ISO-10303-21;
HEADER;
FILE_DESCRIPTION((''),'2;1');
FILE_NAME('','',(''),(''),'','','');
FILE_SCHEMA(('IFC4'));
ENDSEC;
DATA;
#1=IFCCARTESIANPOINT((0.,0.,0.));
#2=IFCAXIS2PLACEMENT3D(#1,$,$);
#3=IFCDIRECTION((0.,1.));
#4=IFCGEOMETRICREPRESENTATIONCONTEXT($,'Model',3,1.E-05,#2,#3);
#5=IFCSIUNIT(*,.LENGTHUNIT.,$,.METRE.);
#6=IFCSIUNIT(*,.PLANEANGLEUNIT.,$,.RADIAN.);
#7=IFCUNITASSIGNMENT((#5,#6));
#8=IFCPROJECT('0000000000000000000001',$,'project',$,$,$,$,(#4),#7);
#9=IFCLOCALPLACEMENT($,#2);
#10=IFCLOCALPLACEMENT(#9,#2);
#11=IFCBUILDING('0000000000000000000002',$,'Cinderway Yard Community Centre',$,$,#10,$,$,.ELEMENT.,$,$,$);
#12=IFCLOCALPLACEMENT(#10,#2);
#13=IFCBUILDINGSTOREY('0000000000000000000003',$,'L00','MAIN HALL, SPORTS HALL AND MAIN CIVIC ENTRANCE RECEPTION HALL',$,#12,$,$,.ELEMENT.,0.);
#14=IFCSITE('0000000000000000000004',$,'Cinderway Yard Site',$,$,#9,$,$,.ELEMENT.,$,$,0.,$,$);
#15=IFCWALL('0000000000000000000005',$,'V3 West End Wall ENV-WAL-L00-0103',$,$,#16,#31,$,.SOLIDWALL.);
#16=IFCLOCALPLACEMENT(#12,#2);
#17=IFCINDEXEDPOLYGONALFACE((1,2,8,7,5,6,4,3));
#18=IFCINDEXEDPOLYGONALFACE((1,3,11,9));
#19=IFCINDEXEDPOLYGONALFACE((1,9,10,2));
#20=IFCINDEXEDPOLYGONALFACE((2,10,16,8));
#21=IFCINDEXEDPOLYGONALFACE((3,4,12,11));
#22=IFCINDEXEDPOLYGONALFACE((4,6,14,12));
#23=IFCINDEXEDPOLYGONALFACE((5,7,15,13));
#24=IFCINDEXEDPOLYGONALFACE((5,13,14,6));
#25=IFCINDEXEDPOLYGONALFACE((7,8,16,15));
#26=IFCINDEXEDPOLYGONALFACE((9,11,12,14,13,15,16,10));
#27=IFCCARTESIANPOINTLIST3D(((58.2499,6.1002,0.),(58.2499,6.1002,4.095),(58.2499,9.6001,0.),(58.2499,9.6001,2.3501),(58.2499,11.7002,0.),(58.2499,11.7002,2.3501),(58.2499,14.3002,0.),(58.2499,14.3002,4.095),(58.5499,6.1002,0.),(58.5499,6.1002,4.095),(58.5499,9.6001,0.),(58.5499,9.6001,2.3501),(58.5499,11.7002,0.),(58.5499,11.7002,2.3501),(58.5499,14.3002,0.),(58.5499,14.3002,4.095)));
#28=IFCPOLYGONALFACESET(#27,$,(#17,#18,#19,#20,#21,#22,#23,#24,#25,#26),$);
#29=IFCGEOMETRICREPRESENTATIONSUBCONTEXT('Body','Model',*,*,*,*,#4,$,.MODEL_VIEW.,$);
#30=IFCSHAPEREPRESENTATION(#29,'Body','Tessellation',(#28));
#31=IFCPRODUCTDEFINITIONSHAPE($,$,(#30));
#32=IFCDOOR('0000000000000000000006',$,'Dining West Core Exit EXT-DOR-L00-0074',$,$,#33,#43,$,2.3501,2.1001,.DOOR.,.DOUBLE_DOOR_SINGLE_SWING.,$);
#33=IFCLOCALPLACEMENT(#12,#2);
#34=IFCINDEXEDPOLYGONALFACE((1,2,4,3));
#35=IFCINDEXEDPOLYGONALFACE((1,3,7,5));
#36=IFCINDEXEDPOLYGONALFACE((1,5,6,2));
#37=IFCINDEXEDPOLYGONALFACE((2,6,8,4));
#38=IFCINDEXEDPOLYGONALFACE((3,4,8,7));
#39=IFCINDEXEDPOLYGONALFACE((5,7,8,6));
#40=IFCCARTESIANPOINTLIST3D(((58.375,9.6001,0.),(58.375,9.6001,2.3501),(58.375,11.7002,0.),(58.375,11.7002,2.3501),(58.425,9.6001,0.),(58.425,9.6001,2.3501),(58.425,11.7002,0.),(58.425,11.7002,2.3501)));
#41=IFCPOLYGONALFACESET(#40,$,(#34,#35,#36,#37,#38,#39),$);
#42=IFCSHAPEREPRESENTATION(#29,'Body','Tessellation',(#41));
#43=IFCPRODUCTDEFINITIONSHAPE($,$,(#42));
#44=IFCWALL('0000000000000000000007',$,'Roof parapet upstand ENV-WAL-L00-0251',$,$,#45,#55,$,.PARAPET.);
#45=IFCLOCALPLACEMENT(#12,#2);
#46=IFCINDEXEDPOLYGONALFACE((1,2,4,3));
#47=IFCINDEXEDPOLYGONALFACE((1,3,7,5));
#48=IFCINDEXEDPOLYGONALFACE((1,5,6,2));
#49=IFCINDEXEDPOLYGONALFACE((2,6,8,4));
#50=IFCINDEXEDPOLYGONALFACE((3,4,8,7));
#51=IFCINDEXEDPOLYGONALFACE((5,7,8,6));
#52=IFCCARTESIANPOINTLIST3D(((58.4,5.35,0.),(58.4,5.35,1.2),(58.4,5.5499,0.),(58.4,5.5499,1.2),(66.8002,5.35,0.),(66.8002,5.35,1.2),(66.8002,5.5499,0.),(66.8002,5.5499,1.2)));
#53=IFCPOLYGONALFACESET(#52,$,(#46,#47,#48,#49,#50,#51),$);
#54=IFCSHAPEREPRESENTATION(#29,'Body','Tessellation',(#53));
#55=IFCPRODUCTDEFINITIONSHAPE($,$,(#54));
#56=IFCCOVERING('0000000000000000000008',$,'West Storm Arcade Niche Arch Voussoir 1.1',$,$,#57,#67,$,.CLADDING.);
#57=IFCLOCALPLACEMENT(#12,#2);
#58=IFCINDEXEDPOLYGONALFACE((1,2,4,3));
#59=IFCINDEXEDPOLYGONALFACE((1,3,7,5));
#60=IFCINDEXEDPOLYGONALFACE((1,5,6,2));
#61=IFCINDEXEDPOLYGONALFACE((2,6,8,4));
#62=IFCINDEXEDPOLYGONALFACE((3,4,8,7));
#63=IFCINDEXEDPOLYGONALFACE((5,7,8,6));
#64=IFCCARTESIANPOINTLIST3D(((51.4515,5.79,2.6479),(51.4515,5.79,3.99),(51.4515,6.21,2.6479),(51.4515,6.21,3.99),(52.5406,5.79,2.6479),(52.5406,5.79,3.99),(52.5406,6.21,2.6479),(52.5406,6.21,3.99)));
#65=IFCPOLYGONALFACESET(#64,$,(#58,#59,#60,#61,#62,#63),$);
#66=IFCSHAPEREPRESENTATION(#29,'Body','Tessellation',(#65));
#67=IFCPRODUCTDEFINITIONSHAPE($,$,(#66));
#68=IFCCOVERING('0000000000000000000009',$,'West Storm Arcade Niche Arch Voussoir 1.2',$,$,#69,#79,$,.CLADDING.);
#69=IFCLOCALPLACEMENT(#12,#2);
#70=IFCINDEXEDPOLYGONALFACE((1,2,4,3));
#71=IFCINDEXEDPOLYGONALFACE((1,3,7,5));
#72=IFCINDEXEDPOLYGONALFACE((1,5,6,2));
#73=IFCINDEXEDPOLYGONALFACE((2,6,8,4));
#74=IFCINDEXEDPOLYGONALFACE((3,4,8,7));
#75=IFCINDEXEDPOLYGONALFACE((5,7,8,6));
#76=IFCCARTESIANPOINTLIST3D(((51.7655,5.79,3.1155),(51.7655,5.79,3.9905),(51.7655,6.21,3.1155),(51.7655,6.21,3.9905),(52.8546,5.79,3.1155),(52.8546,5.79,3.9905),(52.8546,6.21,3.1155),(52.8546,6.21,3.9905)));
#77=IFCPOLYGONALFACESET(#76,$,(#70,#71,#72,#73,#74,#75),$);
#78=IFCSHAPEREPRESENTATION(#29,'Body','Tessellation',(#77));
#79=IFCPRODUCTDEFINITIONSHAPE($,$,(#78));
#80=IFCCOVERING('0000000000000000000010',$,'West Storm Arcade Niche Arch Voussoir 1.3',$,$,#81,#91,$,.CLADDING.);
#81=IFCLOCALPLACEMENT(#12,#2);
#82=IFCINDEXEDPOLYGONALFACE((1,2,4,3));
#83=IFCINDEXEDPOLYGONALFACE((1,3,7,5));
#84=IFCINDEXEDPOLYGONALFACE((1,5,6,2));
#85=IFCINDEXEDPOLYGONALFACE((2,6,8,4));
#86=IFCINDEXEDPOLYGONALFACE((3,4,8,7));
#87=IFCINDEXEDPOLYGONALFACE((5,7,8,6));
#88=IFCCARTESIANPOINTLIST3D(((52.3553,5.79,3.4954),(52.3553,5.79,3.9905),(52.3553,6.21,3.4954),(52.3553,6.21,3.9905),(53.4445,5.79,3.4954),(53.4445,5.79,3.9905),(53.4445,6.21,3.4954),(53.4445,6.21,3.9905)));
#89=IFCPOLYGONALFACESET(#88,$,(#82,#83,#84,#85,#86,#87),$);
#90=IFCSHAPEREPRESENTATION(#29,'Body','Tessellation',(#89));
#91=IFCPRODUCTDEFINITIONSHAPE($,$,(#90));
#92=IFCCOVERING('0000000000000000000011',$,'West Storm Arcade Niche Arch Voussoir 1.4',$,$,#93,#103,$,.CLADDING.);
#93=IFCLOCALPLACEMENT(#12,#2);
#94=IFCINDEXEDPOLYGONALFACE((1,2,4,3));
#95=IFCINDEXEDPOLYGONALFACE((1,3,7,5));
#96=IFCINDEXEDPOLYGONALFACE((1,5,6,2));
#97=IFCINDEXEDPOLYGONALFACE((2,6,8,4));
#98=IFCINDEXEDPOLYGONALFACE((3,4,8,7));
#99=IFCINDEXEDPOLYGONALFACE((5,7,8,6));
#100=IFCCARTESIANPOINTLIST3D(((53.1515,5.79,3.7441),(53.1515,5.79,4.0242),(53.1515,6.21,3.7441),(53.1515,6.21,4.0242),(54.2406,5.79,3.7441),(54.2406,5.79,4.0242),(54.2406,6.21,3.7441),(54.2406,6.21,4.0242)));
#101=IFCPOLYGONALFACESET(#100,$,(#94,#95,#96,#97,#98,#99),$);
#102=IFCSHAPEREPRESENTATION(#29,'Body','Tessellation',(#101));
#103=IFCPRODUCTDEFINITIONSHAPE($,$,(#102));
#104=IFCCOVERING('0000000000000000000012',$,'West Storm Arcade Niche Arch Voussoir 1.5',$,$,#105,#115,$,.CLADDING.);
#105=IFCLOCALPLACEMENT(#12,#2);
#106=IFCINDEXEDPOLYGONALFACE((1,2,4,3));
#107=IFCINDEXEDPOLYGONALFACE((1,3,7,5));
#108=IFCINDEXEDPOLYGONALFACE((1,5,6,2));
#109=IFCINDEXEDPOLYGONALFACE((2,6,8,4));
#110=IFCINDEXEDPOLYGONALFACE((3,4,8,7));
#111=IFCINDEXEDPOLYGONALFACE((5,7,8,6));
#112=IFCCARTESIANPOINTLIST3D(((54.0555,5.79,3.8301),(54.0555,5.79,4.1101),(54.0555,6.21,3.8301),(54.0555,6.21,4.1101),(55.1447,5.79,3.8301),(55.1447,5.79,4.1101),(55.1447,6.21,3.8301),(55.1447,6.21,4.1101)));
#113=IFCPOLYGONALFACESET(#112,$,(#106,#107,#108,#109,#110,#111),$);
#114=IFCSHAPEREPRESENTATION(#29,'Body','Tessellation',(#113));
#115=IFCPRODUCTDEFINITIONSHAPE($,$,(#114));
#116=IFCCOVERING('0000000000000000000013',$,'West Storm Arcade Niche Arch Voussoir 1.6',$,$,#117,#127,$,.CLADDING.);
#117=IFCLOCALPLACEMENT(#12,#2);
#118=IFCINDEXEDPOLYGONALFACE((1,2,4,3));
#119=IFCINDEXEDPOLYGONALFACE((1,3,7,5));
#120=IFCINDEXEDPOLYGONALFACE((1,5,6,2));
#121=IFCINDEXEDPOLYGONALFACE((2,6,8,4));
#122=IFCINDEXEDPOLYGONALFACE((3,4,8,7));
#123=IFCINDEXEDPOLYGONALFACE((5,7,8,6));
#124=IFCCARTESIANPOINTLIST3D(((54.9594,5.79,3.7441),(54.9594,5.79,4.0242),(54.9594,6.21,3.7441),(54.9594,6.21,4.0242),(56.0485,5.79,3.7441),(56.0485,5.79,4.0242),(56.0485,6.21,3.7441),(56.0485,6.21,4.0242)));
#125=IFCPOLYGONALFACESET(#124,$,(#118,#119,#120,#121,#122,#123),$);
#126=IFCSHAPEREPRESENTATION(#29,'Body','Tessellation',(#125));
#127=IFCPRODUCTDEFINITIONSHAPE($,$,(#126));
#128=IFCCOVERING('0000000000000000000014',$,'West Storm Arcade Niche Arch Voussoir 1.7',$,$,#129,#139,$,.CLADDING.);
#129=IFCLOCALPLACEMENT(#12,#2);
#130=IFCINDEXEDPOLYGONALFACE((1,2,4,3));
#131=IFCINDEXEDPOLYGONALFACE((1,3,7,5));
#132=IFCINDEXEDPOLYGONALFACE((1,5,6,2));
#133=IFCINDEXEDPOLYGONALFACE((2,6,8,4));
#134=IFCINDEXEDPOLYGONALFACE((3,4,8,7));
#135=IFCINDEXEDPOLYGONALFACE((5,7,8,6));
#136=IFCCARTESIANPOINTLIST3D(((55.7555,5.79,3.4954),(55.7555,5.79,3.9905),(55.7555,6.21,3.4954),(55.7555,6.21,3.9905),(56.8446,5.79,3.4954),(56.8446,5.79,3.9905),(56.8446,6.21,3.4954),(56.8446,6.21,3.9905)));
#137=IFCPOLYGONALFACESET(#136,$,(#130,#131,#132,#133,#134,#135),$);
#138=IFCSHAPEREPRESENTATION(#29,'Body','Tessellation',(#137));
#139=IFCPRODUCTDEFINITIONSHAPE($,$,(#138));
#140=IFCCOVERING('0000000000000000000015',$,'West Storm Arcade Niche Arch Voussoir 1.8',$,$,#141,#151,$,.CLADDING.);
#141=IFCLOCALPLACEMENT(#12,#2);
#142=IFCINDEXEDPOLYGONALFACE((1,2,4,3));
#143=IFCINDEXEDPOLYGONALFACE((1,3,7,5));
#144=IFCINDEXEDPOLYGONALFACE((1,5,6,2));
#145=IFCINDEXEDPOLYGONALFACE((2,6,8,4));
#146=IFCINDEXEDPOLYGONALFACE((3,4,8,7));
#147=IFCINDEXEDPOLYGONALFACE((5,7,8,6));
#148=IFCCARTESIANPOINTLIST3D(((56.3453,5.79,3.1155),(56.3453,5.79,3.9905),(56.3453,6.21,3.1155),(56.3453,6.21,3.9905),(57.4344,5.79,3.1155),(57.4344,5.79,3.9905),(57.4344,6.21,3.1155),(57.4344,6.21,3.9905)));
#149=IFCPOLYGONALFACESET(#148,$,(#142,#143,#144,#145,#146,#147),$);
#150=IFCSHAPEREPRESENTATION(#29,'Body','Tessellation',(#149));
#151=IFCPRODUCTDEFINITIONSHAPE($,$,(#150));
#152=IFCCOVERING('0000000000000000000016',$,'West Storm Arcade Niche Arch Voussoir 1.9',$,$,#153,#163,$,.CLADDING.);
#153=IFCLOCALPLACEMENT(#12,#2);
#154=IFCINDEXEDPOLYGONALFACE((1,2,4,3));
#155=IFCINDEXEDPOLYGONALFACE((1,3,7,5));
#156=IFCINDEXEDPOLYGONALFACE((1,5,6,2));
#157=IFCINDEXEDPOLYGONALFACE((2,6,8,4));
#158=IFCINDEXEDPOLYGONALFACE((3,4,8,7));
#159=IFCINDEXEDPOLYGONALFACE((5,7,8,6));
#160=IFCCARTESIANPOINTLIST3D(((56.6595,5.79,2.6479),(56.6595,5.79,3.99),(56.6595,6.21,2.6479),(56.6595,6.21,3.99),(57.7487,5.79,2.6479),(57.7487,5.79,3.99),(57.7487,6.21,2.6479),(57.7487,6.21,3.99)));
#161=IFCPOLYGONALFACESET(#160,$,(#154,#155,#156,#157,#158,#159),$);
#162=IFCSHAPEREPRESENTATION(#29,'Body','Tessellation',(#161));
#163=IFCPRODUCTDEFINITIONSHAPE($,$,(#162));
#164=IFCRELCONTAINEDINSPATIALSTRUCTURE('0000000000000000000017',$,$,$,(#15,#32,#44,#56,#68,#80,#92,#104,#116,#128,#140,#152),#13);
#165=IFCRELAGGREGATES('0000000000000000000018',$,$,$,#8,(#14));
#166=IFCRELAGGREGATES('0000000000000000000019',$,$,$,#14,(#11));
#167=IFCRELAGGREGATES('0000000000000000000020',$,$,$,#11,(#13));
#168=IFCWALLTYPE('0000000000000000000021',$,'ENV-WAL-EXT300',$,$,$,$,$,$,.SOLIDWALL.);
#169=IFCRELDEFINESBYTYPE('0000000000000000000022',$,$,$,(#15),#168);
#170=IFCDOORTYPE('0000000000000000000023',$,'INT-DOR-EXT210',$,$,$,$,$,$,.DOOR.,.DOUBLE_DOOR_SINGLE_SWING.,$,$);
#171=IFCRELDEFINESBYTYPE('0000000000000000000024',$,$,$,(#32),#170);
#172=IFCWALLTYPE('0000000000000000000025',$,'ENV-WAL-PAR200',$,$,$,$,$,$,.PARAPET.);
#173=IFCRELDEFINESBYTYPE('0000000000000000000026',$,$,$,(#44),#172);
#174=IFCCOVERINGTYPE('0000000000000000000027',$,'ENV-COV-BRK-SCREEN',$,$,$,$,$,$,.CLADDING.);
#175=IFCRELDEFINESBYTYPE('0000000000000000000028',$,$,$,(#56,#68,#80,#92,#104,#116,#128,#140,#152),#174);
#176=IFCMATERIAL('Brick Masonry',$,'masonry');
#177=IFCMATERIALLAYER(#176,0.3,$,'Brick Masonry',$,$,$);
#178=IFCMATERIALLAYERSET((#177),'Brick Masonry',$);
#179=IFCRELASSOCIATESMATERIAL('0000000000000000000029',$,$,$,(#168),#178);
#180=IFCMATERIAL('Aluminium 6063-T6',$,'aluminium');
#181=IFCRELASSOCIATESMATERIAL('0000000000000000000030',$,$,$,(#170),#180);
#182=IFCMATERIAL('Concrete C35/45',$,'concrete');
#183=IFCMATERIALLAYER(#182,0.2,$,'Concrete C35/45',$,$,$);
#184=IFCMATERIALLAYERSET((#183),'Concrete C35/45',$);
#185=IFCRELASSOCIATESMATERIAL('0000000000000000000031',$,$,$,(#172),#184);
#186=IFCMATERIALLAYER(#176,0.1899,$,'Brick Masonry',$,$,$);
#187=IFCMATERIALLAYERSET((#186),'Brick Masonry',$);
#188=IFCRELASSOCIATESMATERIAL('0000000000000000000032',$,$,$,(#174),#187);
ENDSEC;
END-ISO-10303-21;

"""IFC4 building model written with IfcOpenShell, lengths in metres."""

from ifc_helpers import new_model, si_unit, direction, frame, frame_2d, origin, origin_2d, place, context, subcontext, project, spatial, rectangle, extrude, material, layer, layer_set, type_object, element, fill, save


model = new_model("IFC4")

# Units and contexts
model_context = context("Model", 3, precision=1e-05, world=origin(), true_north=direction((0.0, 1.0)))
body_context = subcontext(model_context, "Body", "Model", "MODEL_VIEW")
ifc_project = project(units=[si_unit("LENGTHUNIT", "METRE"), si_unit("PLANEANGLEUNIT", "RADIAN")], contexts=[model_context])

# Site, building, storey
site_placement = place(None, origin())
site = spatial("IfcSite", under=ifc_project, at=site_placement, Name="Cinderway Yard Site", CompositionType="ELEMENT", RefElevation=0.0)
building_placement = place(site_placement, origin())
building = spatial("IfcBuilding", under=site, at=building_placement, Name="Cinderway Yard Community Centre", CompositionType="ELEMENT")
storey_placement = place(building_placement, origin())
storey = spatial("IfcBuildingStorey", under=building, at=storey_placement, Name="L00", Description="MAIN HALL, SPORTS HALL AND MAIN CIVIC ENTRANCE RECEPTION HALL", CompositionType="ELEMENT", Elevation=0.0)

# Shared definitions
ifc_material_1 = material(Name="Concrete C35/45", Category="concrete")

# Shared definitions
ifc_material_2 = material(Name="Brick Masonry", Category="masonry")

# Wall, opening, door
ifc_layer_1 = layer(ifc_material_2, 0.3, Name="Brick Masonry")
ifc_layer_set_1 = layer_set([ifc_layer_1], Name="Brick Masonry")
wall_type_1 = type_object("IfcWallType", Name="ENV-WAL-EXT300", PredefinedType="SOLIDWALL", material=ifc_layer_set_1)
wall_1_placement = place(storey_placement, frame((58.3999, 6.1001, 0.0), z_axis=(0.0, 0.0, 1.0), x_axis=(0.0, 1.0, 0.0)))
wall_1 = element("IfcWall", 1, at=wall_1_placement, inside=storey, type_object=wall_type_1, Name="V3 West End Wall ENV-WAL-L00-0103", PredefinedType="SOLIDWALL", context=body_context, shape_type="SweptSolid", body=[
    extrude(rectangle(XDim=8.2, YDim=0.3, at=frame_2d((4.1001, 0.0))), origin(), (0.0, 0.0, 1.0), 4.095),
])
opening_placement = place(wall_1_placement, frame((3.5, 0.0, 0.0)))
opening = element("IfcOpeningElement", 2, at=opening_placement, cuts=wall_1, PredefinedType="OPENING", context=body_context, shape_type="SweptSolid", body=[
    extrude(rectangle(XDim=2.1001, YDim=2.3501, at=frame_2d((1.05, 1.175))), frame((0.0, 0.1599, 0.0), z_axis=(0.0, -1.0, 0.0), x_axis=(1.0, 0.0, 0.0)), (0.0, 0.0, 1.0), 0.3201),
])
ifc_material_3 = material(Name="Aluminium 6063-T6", Category="aluminium")
door_type = type_object("IfcDoorType", Name="INT-DOR-EXT210", OperationType="DOUBLE_DOOR_SINGLE_SWING", PredefinedType="DOOR", material=ifc_material_3)
door_placement = place(opening_placement, origin())
door = element("IfcDoor", 3, at=door_placement, inside=storey, type_object=door_type, Name="Dining West Core Exit EXT-DOR-L00-0074", OperationType="DOUBLE_DOOR_SINGLE_SWING", OverallHeight=2.3501, OverallWidth=2.1001, PredefinedType="DOOR", context=body_context, shape_type="SweptSolid", body=[
    extrude(rectangle(XDim=2.1001, YDim=2.3501, at=frame_2d((1.05, 1.175))), frame((0.0, 0.0249, 0.0), z_axis=(0.0, -1.0, 0.0), x_axis=(1.0, 0.0, 0.0)), (0.0, 0.0, 1.0), 0.05),
])
fill(opening, door)

# Wall
ifc_layer_2 = layer(ifc_material_1, 0.2, Name="Concrete C35/45")
ifc_layer_set_2 = layer_set([ifc_layer_2], Name="Concrete C35/45")
wall_type_2 = type_object("IfcWallType", Name="ENV-WAL-PAR200", PredefinedType="PARAPET", material=ifc_layer_set_2)
wall_2_placement = place(storey_placement, frame((58.3999, 5.45, 0.0), z_axis=(0.0, 0.0, 1.0), x_axis=(1.0, 0.0, 0.0)))
element("IfcWall", 4, at=wall_2_placement, inside=storey, type_object=wall_type_2, Name="Roof parapet upstand ENV-WAL-L00-0251", PredefinedType="PARAPET", context=body_context, shape_type="SweptSolid", body=[
    extrude(rectangle(XDim=8.4001, YDim=0.2, at=frame_2d((4.2002, 0.0))), origin(), (0.0, 0.0, 1.0), 1.2),
])

# Coverings
ifc_layer_3 = layer(ifc_material_2, 0.1899, Name="Brick Masonry")
ifc_layer_set_3 = layer_set([ifc_layer_3], Name="Brick Masonry")
covering_type = type_object("IfcCoveringType", Name="ENV-COV-BRK-SCREEN", PredefinedType="CLADDING", material=ifc_layer_set_3)
covering_1_placement = place(storey_placement, frame((51.9961, 6.0, 2.6479), z_axis=(0.0, 0.0, 1.0), x_axis=(1.0, 0.0, 0.0)))
element("IfcCovering", 5, at=covering_1_placement, inside=storey, type_object=covering_type, Name="West Storm Arcade Niche Arch Voussoir 1.1", PredefinedType="CLADDING", context=body_context, shape_type="SweptSolid", body=[
    extrude(rectangle(XDim=1.0891, YDim=0.4199, at=origin_2d()), origin(), (0.0, 0.0, 1.0), 1.342),
])
covering_2_placement = place(storey_placement, frame((52.3101, 6.0, 3.1155), z_axis=(0.0, 0.0, 1.0), x_axis=(1.0, 0.0, 0.0)))
element("IfcCovering", 6, at=covering_2_placement, inside=storey, type_object=covering_type, Name="West Storm Arcade Niche Arch Voussoir 1.2", PredefinedType="CLADDING", context=body_context, shape_type="SweptSolid", body=[
    extrude(rectangle(XDim=1.0891, YDim=0.4199, at=origin_2d()), origin(), (0.0, 0.0, 1.0), 0.875),
])
covering_3_placement = place(storey_placement, frame((52.8999, 6.0, 3.4954), z_axis=(0.0, 0.0, 1.0), x_axis=(1.0, 0.0, 0.0)))
element("IfcCovering", 7, at=covering_3_placement, inside=storey, type_object=covering_type, Name="West Storm Arcade Niche Arch Voussoir 1.3", PredefinedType="CLADDING", context=body_context, shape_type="SweptSolid", body=[
    extrude(rectangle(XDim=1.0891, YDim=0.4199, at=origin_2d()), origin(), (0.0, 0.0, 1.0), 0.4951),
])
for number, where, z_axis, x_axis, name in (
    (8, (53.696, 6.0, 3.7441), (0.0, 0.0, 1.0), (1.0, 0.0, 0.0), "West Storm Arcade Niche Arch Voussoir 1.4"),
    (9, (54.6001, 6.0, 3.8301), (0.0, 0.0, 1.0), (1.0, 0.0, 0.0), "West Storm Arcade Niche Arch Voussoir 1.5"),
    (10, (55.5039, 6.0, 3.7441), (0.0, 0.0, 1.0), (1.0, 0.0, 0.0), "West Storm Arcade Niche Arch Voussoir 1.6"),
):
    element("IfcCovering", number, at=place(storey_placement, frame(where, z_axis=z_axis, x_axis=x_axis)), inside=storey, type_object=covering_type, Name=name, PredefinedType="CLADDING", context=body_context, shape_type="SweptSolid", body=[
        extrude(rectangle(XDim=1.0891, YDim=0.4199, at=origin_2d()), origin(), (0.0, 0.0, 1.0), 0.28),
    ])
covering_4_placement = place(storey_placement, frame((56.3, 6.0, 3.4954), z_axis=(0.0, 0.0, 1.0), x_axis=(1.0, 0.0, 0.0)))
element("IfcCovering", 11, at=covering_4_placement, inside=storey, type_object=covering_type, Name="West Storm Arcade Niche Arch Voussoir 1.7", PredefinedType="CLADDING", context=body_context, shape_type="SweptSolid", body=[
    extrude(rectangle(XDim=1.0891, YDim=0.4199, at=origin_2d()), origin(), (0.0, 0.0, 1.0), 0.4951),
])
covering_5_placement = place(storey_placement, frame((56.8899, 6.0, 3.1155), z_axis=(0.0, 0.0, 1.0), x_axis=(1.0, 0.0, 0.0)))
element("IfcCovering", 12, at=covering_5_placement, inside=storey, type_object=covering_type, Name="West Storm Arcade Niche Arch Voussoir 1.8", PredefinedType="CLADDING", context=body_context, shape_type="SweptSolid", body=[
    extrude(rectangle(XDim=1.0891, YDim=0.4199, at=origin_2d()), origin(), (0.0, 0.0, 1.0), 0.875),
])
covering_6_placement = place(storey_placement, frame((57.2041, 6.0, 2.6479), z_axis=(0.0, 0.0, 1.0), x_axis=(1.0, 0.0, 0.0)))
element("IfcCovering", 13, at=covering_6_placement, inside=storey, type_object=covering_type, Name="West Storm Arcade Niche Arch Voussoir 1.9", PredefinedType="CLADDING", context=body_context, shape_type="SweptSolid", body=[
    extrude(rectangle(XDim=1.0891, YDim=0.4199, at=origin_2d()), origin(), (0.0, 0.0, 1.0), 1.342),
])

save(model, "model.ifc")
